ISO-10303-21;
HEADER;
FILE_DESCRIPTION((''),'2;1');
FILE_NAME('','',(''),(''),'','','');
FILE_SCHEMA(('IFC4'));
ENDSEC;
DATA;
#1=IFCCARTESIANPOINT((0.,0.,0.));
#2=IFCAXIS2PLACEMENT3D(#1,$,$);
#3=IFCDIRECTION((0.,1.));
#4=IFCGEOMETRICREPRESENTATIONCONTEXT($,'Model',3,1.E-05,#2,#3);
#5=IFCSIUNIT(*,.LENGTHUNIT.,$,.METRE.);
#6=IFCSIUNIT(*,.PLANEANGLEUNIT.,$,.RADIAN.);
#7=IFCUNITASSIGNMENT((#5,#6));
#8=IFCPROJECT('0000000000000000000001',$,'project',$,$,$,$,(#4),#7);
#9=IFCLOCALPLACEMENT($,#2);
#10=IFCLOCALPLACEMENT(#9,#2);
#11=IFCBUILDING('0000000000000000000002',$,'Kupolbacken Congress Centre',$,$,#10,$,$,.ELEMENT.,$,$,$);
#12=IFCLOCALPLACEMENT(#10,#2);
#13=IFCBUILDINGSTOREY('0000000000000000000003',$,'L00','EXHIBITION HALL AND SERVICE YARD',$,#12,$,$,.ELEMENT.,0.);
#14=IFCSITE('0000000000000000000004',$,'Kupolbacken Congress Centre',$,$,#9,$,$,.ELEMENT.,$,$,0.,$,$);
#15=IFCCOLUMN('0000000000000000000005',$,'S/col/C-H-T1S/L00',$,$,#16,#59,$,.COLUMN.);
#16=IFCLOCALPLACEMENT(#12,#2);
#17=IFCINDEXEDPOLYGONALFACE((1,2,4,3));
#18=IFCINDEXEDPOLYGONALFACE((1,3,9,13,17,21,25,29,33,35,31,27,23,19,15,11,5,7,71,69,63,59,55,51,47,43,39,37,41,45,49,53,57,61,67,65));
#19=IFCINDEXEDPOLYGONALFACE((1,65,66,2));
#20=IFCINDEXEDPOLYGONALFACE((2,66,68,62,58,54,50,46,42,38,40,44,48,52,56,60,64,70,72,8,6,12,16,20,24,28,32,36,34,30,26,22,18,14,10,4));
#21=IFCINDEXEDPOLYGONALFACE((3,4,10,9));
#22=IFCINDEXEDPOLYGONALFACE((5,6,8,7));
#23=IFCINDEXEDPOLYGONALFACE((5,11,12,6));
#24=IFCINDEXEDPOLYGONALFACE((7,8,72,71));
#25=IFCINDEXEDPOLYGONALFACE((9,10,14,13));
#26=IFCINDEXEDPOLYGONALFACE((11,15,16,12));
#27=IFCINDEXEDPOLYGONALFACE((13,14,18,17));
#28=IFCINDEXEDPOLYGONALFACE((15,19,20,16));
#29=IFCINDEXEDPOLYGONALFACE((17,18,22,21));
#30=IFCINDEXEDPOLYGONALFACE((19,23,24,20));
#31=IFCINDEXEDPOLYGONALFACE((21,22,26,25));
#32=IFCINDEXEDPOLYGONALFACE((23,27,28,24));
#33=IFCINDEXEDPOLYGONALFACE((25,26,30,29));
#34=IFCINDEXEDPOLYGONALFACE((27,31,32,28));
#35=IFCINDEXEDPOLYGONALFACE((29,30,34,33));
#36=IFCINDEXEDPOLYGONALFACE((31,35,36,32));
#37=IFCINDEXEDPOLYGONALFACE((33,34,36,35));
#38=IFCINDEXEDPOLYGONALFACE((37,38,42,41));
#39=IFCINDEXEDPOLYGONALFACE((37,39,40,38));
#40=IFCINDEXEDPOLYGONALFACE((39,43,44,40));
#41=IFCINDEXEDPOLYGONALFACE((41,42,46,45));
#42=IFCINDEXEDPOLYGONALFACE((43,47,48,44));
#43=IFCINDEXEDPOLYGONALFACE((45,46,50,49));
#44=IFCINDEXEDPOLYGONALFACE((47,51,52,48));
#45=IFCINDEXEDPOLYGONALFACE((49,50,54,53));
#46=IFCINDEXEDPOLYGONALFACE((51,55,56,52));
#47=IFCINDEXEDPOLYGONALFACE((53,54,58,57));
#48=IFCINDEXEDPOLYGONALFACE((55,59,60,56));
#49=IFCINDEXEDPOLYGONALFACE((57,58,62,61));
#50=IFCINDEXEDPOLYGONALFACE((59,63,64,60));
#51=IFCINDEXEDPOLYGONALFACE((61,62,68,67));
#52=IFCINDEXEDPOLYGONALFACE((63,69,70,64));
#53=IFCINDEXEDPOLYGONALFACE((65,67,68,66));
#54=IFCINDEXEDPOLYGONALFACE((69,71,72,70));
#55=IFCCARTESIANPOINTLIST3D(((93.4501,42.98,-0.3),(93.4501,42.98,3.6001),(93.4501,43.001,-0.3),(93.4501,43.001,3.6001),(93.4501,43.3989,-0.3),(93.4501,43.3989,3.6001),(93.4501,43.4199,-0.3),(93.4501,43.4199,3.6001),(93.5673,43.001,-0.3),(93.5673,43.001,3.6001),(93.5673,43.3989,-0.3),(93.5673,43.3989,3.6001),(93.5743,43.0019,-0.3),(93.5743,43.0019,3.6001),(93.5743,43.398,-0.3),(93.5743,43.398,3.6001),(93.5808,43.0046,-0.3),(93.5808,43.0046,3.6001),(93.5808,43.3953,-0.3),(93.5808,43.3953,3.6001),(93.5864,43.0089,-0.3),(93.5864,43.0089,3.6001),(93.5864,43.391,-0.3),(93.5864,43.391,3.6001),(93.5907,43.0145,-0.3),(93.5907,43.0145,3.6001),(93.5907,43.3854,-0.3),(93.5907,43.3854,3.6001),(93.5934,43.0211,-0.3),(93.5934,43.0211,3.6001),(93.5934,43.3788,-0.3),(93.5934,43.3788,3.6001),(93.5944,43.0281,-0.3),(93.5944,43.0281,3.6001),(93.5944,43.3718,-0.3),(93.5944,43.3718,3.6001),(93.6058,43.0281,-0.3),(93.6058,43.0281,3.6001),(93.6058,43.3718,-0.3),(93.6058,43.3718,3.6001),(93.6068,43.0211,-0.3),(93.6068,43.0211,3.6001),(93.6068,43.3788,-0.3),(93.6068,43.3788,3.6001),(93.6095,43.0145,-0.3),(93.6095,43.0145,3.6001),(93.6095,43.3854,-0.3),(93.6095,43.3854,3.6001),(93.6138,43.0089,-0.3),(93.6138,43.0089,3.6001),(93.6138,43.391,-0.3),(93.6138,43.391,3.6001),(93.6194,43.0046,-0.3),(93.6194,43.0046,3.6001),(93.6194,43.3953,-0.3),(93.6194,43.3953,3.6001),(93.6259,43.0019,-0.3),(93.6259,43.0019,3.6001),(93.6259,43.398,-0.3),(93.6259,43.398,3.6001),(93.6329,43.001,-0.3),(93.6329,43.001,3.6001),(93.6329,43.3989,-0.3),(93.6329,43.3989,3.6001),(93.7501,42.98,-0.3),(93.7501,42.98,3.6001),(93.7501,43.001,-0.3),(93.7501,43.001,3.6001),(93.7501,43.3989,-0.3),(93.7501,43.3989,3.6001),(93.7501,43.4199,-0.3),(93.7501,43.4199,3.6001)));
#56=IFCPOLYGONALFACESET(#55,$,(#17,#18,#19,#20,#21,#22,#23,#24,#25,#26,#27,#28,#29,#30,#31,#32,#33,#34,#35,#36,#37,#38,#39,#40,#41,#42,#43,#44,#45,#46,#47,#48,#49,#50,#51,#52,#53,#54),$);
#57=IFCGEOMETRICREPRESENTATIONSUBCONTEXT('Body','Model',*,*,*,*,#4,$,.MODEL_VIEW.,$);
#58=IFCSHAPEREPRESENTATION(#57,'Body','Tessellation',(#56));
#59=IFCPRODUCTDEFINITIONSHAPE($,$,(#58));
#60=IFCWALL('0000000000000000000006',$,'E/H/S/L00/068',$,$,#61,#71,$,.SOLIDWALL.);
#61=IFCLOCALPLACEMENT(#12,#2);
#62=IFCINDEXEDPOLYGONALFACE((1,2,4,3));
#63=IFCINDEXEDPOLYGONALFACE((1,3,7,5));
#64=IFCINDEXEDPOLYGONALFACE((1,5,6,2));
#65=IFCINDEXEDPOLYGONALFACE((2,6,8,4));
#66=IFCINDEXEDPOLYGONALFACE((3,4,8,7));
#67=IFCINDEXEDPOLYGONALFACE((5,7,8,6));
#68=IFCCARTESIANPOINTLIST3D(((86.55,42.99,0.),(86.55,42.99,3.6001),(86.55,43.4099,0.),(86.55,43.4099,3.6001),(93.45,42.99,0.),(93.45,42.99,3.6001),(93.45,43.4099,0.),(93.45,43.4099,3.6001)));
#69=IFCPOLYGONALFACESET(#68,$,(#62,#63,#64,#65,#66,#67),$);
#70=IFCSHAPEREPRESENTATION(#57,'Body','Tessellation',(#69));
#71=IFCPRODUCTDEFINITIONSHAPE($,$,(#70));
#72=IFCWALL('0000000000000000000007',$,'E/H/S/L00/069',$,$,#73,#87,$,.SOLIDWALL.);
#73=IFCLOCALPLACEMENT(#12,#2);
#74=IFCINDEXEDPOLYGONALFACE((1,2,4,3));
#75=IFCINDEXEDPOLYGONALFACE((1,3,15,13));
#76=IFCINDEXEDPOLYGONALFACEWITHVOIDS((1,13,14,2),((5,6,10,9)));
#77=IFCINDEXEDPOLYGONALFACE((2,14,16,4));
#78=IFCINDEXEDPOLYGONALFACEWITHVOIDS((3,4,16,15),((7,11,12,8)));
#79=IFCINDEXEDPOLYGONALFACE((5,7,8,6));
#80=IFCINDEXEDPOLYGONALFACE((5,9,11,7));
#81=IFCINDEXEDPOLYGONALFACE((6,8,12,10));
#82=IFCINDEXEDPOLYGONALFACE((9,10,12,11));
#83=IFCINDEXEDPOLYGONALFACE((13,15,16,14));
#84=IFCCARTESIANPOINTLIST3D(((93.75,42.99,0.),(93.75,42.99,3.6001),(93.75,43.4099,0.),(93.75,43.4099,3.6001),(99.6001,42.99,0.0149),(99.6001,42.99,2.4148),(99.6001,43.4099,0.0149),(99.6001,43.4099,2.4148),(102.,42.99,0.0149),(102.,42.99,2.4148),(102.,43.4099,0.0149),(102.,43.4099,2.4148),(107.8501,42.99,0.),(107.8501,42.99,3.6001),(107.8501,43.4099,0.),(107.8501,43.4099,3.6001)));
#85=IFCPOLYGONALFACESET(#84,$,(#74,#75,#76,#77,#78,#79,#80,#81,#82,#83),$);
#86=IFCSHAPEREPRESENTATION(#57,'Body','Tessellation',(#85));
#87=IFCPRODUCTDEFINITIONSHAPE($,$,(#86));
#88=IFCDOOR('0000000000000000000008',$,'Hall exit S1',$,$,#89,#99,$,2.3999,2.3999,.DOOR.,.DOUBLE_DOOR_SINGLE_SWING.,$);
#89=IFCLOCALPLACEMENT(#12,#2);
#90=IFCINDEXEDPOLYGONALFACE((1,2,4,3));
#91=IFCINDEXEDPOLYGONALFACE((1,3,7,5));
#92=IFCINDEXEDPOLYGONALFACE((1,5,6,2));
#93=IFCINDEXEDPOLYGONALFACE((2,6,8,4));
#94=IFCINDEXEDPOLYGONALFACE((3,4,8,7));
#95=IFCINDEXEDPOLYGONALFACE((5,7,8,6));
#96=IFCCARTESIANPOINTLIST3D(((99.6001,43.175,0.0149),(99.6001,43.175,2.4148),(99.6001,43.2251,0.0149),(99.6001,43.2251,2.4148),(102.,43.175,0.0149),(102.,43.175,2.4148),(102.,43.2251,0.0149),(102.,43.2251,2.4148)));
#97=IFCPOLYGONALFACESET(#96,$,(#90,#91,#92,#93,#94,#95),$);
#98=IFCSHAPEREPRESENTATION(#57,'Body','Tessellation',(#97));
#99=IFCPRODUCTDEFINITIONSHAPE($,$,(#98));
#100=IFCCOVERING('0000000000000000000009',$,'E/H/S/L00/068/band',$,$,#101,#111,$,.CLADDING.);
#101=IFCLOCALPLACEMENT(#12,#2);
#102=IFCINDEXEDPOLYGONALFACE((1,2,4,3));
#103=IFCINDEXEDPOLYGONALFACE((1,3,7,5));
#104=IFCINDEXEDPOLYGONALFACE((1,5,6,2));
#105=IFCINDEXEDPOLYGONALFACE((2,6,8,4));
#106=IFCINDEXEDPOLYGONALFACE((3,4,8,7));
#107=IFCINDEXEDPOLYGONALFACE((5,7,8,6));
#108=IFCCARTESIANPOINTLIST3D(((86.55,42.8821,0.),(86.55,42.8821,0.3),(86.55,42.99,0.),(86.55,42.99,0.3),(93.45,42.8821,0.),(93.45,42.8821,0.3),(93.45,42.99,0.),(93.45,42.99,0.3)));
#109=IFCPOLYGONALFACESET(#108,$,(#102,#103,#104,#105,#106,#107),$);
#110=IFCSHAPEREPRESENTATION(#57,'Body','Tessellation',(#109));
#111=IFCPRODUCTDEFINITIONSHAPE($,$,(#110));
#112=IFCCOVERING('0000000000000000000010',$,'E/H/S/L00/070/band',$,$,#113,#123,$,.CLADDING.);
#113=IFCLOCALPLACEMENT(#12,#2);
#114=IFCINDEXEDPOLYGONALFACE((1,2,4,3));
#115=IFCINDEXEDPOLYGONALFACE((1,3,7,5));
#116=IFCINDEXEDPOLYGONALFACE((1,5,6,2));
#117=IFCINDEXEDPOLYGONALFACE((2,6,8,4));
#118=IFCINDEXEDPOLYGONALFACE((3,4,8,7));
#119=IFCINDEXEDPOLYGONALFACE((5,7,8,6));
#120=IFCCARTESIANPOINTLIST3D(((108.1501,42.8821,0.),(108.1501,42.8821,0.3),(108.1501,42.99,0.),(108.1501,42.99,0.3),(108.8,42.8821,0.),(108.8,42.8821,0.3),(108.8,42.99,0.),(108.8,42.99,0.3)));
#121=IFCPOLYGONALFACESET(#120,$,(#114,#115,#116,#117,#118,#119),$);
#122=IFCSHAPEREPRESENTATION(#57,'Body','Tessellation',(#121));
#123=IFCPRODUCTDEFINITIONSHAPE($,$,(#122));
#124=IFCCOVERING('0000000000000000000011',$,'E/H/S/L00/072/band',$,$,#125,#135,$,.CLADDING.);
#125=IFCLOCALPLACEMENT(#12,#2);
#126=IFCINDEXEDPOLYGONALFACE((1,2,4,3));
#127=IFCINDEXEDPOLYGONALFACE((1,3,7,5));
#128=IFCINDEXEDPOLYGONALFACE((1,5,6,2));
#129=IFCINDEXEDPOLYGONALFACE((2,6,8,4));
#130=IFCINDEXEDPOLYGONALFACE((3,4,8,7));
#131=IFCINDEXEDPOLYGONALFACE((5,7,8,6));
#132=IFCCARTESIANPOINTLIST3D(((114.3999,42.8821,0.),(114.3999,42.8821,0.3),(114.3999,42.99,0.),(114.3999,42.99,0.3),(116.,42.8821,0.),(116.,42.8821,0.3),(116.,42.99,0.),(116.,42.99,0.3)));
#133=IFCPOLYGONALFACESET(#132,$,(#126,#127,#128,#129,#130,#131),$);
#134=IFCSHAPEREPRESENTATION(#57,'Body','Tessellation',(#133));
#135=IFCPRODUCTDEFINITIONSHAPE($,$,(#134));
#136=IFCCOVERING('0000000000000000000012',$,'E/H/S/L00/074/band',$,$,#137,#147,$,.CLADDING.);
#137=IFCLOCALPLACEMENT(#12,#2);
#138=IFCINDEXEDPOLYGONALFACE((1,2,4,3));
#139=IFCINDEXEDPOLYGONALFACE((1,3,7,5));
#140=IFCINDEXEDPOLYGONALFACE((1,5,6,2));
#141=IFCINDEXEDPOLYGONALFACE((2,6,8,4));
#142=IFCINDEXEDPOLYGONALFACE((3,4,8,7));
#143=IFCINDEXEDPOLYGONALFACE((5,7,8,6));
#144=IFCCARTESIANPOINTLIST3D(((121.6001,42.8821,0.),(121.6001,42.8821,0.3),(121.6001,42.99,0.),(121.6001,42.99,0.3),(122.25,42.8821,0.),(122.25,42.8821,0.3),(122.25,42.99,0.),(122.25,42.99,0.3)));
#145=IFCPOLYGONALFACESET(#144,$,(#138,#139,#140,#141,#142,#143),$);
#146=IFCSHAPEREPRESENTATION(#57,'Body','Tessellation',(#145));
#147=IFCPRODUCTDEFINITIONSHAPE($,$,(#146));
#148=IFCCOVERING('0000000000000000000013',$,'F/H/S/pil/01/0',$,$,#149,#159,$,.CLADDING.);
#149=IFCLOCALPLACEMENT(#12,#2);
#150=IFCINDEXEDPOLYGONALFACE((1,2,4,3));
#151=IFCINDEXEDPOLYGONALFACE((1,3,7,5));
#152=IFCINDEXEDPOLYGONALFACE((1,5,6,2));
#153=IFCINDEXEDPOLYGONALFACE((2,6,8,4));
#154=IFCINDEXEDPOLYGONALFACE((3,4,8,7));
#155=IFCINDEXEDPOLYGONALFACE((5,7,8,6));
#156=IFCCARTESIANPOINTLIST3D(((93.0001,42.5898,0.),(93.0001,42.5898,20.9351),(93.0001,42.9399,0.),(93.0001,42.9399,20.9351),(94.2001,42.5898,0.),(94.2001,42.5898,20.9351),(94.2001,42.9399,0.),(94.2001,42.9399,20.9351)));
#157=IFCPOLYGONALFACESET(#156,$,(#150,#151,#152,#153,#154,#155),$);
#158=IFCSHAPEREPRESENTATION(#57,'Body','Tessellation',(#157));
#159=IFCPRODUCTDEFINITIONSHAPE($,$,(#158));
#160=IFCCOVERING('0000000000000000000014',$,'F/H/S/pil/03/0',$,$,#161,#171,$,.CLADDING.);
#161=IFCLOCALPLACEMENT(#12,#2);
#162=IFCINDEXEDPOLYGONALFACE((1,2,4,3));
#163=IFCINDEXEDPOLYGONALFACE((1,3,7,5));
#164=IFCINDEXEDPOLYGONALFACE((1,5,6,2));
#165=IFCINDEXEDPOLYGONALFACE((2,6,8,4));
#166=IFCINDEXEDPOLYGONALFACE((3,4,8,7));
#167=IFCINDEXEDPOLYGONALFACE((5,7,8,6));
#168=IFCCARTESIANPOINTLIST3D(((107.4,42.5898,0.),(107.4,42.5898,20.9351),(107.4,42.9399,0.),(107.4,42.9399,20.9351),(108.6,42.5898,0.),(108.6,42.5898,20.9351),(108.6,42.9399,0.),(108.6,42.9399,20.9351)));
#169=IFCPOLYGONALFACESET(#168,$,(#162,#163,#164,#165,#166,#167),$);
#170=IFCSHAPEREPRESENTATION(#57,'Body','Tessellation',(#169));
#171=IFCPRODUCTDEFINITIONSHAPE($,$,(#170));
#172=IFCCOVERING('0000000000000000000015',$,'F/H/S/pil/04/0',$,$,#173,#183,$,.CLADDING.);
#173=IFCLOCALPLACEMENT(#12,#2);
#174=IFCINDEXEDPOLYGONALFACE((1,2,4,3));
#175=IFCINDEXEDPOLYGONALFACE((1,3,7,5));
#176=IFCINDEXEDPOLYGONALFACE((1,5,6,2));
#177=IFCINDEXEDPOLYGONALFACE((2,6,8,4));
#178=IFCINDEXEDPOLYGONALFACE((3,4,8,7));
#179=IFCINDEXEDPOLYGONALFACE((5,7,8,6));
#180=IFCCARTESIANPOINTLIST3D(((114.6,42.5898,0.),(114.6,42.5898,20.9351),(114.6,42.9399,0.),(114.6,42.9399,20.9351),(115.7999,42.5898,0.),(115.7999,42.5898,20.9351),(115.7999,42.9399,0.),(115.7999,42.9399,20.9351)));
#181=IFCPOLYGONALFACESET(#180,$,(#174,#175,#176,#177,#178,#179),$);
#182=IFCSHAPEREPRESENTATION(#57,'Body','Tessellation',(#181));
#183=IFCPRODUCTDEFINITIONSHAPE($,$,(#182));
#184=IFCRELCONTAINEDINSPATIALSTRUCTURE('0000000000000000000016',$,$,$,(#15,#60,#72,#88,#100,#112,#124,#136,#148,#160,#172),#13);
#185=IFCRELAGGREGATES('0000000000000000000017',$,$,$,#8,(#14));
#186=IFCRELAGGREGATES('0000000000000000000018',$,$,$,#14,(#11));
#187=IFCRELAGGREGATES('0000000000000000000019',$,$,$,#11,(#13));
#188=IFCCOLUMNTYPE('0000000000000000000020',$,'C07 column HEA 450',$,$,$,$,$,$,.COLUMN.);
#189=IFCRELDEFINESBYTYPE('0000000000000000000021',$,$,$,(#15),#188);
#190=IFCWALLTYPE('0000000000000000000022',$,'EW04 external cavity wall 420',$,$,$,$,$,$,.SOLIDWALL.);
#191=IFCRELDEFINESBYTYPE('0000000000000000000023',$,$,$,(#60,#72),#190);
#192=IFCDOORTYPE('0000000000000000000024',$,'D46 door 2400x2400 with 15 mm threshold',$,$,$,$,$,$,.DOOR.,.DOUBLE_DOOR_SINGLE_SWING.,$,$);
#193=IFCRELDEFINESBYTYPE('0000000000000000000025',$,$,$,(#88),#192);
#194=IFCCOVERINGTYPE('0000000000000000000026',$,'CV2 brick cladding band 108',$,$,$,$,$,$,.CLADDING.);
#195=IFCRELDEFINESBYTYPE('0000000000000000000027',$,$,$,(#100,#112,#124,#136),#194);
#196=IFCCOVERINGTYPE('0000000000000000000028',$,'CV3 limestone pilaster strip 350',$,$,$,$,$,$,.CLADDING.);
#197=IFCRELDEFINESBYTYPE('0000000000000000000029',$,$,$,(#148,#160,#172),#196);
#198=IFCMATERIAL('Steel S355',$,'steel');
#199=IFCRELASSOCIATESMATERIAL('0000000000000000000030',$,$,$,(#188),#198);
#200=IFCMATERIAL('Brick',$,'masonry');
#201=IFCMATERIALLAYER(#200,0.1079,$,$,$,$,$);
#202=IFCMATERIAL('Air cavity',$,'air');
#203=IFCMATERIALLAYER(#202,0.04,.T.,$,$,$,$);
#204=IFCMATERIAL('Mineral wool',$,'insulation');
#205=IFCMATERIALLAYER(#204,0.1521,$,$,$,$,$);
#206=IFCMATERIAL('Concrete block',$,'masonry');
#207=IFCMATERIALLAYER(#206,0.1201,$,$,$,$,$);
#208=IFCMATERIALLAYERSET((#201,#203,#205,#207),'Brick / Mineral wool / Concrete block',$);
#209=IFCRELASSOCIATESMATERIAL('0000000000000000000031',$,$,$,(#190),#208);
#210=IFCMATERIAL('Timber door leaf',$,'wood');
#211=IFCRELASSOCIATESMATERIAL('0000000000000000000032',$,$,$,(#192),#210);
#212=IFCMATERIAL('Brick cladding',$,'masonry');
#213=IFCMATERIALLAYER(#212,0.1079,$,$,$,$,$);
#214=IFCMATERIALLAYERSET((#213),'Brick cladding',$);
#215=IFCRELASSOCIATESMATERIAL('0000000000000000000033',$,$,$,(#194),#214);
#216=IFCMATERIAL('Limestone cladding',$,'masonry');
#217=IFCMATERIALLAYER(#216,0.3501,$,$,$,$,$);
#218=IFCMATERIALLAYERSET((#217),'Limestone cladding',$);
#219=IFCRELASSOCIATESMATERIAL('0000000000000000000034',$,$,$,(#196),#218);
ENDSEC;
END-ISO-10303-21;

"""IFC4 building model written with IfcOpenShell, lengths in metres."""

from ifc_helpers import new_model, si_unit, direction, frame, frame_2d, origin, origin_2d, place, context, subcontext, project, spatial, rectangle, i_section, extrude, material, layer, layer_set, material_profile, profile_set, type_object, element, fill, save


model = new_model("IFC4")

# Units and contexts
model_context = context("Model", 3, precision=1e-05, world=origin(), true_north=direction((0.0, 1.0)))
body_context = subcontext(model_context, "Body", "Model", "MODEL_VIEW")
ifc_project = project(units=[si_unit("LENGTHUNIT", "METRE"), si_unit("PLANEANGLEUNIT", "RADIAN")], contexts=[model_context])

# Site, building, storey
site_placement = place(None, origin())
site = spatial("IfcSite", under=ifc_project, at=site_placement, Name="Kupolbacken Congress Centre", CompositionType="ELEMENT", RefElevation=0.0)
building_placement = place(site_placement, origin())
building = spatial("IfcBuilding", under=site, at=building_placement, Name="Kupolbacken Congress Centre", CompositionType="ELEMENT")
storey_placement = place(building_placement, origin())
storey = spatial("IfcBuildingStorey", under=building, at=storey_placement, Name="L00", Description="EXHIBITION HALL AND SERVICE YARD", CompositionType="ELEMENT", Elevation=0.0)

# Column
ifc_material_1 = material(Name="Steel S355", Category="steel")
ifc_material_profile_1 = material_profile(ifc_material_1, i_section(OverallWidth=0.3, OverallDepth=0.4399, WebThickness=0.0115, FlangeThickness=0.021, FilletRadius=0.0271, at=origin_2d()), Name="HEA 450")
ifc_profile_set_1 = profile_set([ifc_material_profile_1], Name="Steel S355")
column_type = type_object("IfcColumnType", Name="C07 column HEA 450", PredefinedType="COLUMN", material=ifc_profile_set_1)
column_placement = place(storey_placement, frame((93.6001, 43.2, -0.3), z_axis=(0.0, 0.0, 1.0), x_axis=(1.0, 0.0, 0.0)))
element("IfcColumn", 1, at=column_placement, inside=storey, type_object=column_type, Name="S/col/C-H-T1S/L00", PredefinedType="COLUMN", context=body_context, shape_type="SweptSolid", body=[
    extrude(i_section(OverallWidth=0.3, OverallDepth=0.4399, WebThickness=0.0115, FlangeThickness=0.021, FilletRadius=0.0271, at=origin_2d()), origin(), (0.0, 0.0, 1.0), 3.9001),
])

# Wall
ifc_material_2 = material(Name="Brick", Category="masonry")
ifc_layer_1 = layer(ifc_material_2, 0.1079)
ifc_material_3 = material(Name="Air cavity", Category="air")
ifc_layer_2 = layer(ifc_material_3, 0.04, ventilated=True)
ifc_material_4 = material(Name="Mineral wool", Category="insulation")
ifc_layer_3 = layer(ifc_material_4, 0.1521)
ifc_material_5 = material(Name="Concrete block", Category="masonry")
ifc_layer_4 = layer(ifc_material_5, 0.1201)
ifc_layer_set_1 = layer_set([ifc_layer_1, ifc_layer_2, ifc_layer_3, ifc_layer_4], Name="Brick / Mineral wool / Concrete block")
wall_type = type_object("IfcWallType", Name="EW04 external cavity wall 420", PredefinedType="SOLIDWALL", material=ifc_layer_set_1)
wall_1_placement = place(storey_placement, frame((86.55, 43.2, 0.0), z_axis=(0.0, 0.0, 1.0), x_axis=(1.0, 0.0, 0.0)))
element("IfcWall", 2, at=wall_1_placement, inside=storey, type_object=wall_type, Name="E/H/S/L00/068", PredefinedType="SOLIDWALL", context=body_context, shape_type="SweptSolid", body=[
    extrude(rectangle(XDim=6.8999, YDim=0.4199, at=frame_2d((3.45, 0.0))), origin(), (0.0, 0.0, 1.0), 3.6001),
])

# Wall, opening, door
wall_2_placement = place(storey_placement, frame((93.75, 43.2, 0.0), z_axis=(0.0, 0.0, 1.0), x_axis=(1.0, 0.0, 0.0)))
wall_2 = element("IfcWall", 3, at=wall_2_placement, inside=storey, type_object=wall_type, Name="E/H/S/L00/069", PredefinedType="SOLIDWALL", context=body_context, shape_type="SweptSolid", body=[
    extrude(rectangle(XDim=14.1001, YDim=0.4199, at=frame_2d((7.05, 0.0))), origin(), (0.0, 0.0, 1.0), 3.6001),
])
opening_placement = place(wall_2_placement, frame((5.8501, 0.0, 0.0149)))
opening = element("IfcOpeningElement", 4, at=opening_placement, cuts=wall_2, PredefinedType="OPENING", context=body_context, shape_type="SweptSolid", body=[
    extrude(rectangle(XDim=2.3999, YDim=2.3999, at=frame_2d((1.2, 1.2))), frame((0.0, 0.22, 0.0), z_axis=(0.0, -1.0, 0.0), x_axis=(1.0, 0.0, 0.0)), (0.0, 0.0, 1.0), 0.4399),
])
ifc_material_6 = material(Name="Timber door leaf", Category="wood")
door_type = type_object("IfcDoorType", Name="D46 door 2400x2400 with 15 mm threshold", OperationType="DOUBLE_DOOR_SINGLE_SWING", PredefinedType="DOOR", material=ifc_material_6)
door_placement = place(opening_placement, frame((2.3999, 0.0, 0.0), z_axis=(0.0, 0.0, 1.0), x_axis=(-1.0, 0.0, 0.0)))
door = element("IfcDoor", 5, at=door_placement, inside=storey, type_object=door_type, Name="Hall exit S1", OperationType="DOUBLE_DOOR_SINGLE_SWING", OverallHeight=2.3999, OverallWidth=2.3999, PredefinedType="DOOR", context=body_context, shape_type="SweptSolid", body=[
    extrude(rectangle(XDim=2.3999, YDim=2.3999, at=frame_2d((1.2, 1.2))), frame((0.0, 0.0249, 0.0), z_axis=(0.0, -1.0, 0.0), x_axis=(1.0, 0.0, 0.0)), (0.0, 0.0, 1.0), 0.05),
])
fill(opening, door)

# Coverings
ifc_material_7 = material(Name="Brick cladding", Category="masonry")
ifc_layer_5 = layer(ifc_material_7, 0.1079)
ifc_layer_set_2 = layer_set([ifc_layer_5], Name="Brick cladding")
covering_type_1 = type_object("IfcCoveringType", Name="CV2 brick cladding band 108", PredefinedType="CLADDING", material=ifc_layer_set_2)
covering_1_placement = place(storey_placement, frame((90.0, 42.936, 0.0), z_axis=(0.0, 0.0, 1.0), x_axis=(1.0, 0.0, 0.0)))
element("IfcCovering", 6, at=covering_1_placement, inside=storey, type_object=covering_type_1, Name="E/H/S/L00/068/band", PredefinedType="CLADDING", context=body_context, shape_type="SweptSolid", body=[
    extrude(rectangle(XDim=6.8999, YDim=0.1079, at=origin_2d()), origin(), (0.0, 0.0, 1.0), 0.3),
])
covering_2_placement = place(storey_placement, frame((108.4751, 42.936, 0.0), z_axis=(0.0, 0.0, 1.0), x_axis=(1.0, 0.0, 0.0)))
element("IfcCovering", 7, at=covering_2_placement, inside=storey, type_object=covering_type_1, Name="E/H/S/L00/070/band", PredefinedType="CLADDING", context=body_context, shape_type="SweptSolid", body=[
    extrude(rectangle(XDim=0.6499, YDim=0.1079, at=origin_2d()), origin(), (0.0, 0.0, 1.0), 0.3),
])
covering_3_placement = place(storey_placement, frame((115.2, 42.936, 0.0), z_axis=(0.0, 0.0, 1.0), x_axis=(1.0, 0.0, 0.0)))
element("IfcCovering", 8, at=covering_3_placement, inside=storey, type_object=covering_type_1, Name="E/H/S/L00/072/band", PredefinedType="CLADDING", context=body_context, shape_type="SweptSolid", body=[
    extrude(rectangle(XDim=1.6001, YDim=0.1079, at=origin_2d()), origin(), (0.0, 0.0, 1.0), 0.3),
])
covering_4_placement = place(storey_placement, frame((121.925, 42.936, 0.0), z_axis=(0.0, 0.0, 1.0), x_axis=(1.0, 0.0, 0.0)))
element("IfcCovering", 9, at=covering_4_placement, inside=storey, type_object=covering_type_1, Name="E/H/S/L00/074/band", PredefinedType="CLADDING", context=body_context, shape_type="SweptSolid", body=[
    extrude(rectangle(XDim=0.6499, YDim=0.1079, at=origin_2d()), origin(), (0.0, 0.0, 1.0), 0.3),
])
ifc_material_8 = material(Name="Limestone cladding", Category="masonry")
ifc_layer_6 = layer(ifc_material_8, 0.3501)
ifc_layer_set_3 = layer_set([ifc_layer_6], Name="Limestone cladding")
covering_type_2 = type_object("IfcCoveringType", Name="CV3 limestone pilaster strip 350", PredefinedType="CLADDING", material=ifc_layer_set_3)
for number, where, z_axis, x_axis, name in (
    (10, (93.6001, 42.7649, 0.0), (0.0, 0.0, 1.0), (1.0, 0.0, 0.0), "F/H/S/pil/01/0"),
    (11, (108.0, 42.7649, 0.0), (0.0, 0.0, 1.0), (1.0, 0.0, 0.0), "F/H/S/pil/03/0"),
    (12, (115.2, 42.7649, 0.0), (0.0, 0.0, 1.0), (1.0, 0.0, 0.0), "F/H/S/pil/04/0"),
):
    element("IfcCovering", number, at=place(storey_placement, frame(where, z_axis=z_axis, x_axis=x_axis)), inside=storey, type_object=covering_type_2, Name=name, PredefinedType="CLADDING", context=body_context, shape_type="SweptSolid", body=[
        extrude(rectangle(XDim=1.2, YDim=0.3501, at=origin_2d()), origin(), (0.0, 0.0, 1.0), 20.9351),
    ])

save(model, "model.ifc")
